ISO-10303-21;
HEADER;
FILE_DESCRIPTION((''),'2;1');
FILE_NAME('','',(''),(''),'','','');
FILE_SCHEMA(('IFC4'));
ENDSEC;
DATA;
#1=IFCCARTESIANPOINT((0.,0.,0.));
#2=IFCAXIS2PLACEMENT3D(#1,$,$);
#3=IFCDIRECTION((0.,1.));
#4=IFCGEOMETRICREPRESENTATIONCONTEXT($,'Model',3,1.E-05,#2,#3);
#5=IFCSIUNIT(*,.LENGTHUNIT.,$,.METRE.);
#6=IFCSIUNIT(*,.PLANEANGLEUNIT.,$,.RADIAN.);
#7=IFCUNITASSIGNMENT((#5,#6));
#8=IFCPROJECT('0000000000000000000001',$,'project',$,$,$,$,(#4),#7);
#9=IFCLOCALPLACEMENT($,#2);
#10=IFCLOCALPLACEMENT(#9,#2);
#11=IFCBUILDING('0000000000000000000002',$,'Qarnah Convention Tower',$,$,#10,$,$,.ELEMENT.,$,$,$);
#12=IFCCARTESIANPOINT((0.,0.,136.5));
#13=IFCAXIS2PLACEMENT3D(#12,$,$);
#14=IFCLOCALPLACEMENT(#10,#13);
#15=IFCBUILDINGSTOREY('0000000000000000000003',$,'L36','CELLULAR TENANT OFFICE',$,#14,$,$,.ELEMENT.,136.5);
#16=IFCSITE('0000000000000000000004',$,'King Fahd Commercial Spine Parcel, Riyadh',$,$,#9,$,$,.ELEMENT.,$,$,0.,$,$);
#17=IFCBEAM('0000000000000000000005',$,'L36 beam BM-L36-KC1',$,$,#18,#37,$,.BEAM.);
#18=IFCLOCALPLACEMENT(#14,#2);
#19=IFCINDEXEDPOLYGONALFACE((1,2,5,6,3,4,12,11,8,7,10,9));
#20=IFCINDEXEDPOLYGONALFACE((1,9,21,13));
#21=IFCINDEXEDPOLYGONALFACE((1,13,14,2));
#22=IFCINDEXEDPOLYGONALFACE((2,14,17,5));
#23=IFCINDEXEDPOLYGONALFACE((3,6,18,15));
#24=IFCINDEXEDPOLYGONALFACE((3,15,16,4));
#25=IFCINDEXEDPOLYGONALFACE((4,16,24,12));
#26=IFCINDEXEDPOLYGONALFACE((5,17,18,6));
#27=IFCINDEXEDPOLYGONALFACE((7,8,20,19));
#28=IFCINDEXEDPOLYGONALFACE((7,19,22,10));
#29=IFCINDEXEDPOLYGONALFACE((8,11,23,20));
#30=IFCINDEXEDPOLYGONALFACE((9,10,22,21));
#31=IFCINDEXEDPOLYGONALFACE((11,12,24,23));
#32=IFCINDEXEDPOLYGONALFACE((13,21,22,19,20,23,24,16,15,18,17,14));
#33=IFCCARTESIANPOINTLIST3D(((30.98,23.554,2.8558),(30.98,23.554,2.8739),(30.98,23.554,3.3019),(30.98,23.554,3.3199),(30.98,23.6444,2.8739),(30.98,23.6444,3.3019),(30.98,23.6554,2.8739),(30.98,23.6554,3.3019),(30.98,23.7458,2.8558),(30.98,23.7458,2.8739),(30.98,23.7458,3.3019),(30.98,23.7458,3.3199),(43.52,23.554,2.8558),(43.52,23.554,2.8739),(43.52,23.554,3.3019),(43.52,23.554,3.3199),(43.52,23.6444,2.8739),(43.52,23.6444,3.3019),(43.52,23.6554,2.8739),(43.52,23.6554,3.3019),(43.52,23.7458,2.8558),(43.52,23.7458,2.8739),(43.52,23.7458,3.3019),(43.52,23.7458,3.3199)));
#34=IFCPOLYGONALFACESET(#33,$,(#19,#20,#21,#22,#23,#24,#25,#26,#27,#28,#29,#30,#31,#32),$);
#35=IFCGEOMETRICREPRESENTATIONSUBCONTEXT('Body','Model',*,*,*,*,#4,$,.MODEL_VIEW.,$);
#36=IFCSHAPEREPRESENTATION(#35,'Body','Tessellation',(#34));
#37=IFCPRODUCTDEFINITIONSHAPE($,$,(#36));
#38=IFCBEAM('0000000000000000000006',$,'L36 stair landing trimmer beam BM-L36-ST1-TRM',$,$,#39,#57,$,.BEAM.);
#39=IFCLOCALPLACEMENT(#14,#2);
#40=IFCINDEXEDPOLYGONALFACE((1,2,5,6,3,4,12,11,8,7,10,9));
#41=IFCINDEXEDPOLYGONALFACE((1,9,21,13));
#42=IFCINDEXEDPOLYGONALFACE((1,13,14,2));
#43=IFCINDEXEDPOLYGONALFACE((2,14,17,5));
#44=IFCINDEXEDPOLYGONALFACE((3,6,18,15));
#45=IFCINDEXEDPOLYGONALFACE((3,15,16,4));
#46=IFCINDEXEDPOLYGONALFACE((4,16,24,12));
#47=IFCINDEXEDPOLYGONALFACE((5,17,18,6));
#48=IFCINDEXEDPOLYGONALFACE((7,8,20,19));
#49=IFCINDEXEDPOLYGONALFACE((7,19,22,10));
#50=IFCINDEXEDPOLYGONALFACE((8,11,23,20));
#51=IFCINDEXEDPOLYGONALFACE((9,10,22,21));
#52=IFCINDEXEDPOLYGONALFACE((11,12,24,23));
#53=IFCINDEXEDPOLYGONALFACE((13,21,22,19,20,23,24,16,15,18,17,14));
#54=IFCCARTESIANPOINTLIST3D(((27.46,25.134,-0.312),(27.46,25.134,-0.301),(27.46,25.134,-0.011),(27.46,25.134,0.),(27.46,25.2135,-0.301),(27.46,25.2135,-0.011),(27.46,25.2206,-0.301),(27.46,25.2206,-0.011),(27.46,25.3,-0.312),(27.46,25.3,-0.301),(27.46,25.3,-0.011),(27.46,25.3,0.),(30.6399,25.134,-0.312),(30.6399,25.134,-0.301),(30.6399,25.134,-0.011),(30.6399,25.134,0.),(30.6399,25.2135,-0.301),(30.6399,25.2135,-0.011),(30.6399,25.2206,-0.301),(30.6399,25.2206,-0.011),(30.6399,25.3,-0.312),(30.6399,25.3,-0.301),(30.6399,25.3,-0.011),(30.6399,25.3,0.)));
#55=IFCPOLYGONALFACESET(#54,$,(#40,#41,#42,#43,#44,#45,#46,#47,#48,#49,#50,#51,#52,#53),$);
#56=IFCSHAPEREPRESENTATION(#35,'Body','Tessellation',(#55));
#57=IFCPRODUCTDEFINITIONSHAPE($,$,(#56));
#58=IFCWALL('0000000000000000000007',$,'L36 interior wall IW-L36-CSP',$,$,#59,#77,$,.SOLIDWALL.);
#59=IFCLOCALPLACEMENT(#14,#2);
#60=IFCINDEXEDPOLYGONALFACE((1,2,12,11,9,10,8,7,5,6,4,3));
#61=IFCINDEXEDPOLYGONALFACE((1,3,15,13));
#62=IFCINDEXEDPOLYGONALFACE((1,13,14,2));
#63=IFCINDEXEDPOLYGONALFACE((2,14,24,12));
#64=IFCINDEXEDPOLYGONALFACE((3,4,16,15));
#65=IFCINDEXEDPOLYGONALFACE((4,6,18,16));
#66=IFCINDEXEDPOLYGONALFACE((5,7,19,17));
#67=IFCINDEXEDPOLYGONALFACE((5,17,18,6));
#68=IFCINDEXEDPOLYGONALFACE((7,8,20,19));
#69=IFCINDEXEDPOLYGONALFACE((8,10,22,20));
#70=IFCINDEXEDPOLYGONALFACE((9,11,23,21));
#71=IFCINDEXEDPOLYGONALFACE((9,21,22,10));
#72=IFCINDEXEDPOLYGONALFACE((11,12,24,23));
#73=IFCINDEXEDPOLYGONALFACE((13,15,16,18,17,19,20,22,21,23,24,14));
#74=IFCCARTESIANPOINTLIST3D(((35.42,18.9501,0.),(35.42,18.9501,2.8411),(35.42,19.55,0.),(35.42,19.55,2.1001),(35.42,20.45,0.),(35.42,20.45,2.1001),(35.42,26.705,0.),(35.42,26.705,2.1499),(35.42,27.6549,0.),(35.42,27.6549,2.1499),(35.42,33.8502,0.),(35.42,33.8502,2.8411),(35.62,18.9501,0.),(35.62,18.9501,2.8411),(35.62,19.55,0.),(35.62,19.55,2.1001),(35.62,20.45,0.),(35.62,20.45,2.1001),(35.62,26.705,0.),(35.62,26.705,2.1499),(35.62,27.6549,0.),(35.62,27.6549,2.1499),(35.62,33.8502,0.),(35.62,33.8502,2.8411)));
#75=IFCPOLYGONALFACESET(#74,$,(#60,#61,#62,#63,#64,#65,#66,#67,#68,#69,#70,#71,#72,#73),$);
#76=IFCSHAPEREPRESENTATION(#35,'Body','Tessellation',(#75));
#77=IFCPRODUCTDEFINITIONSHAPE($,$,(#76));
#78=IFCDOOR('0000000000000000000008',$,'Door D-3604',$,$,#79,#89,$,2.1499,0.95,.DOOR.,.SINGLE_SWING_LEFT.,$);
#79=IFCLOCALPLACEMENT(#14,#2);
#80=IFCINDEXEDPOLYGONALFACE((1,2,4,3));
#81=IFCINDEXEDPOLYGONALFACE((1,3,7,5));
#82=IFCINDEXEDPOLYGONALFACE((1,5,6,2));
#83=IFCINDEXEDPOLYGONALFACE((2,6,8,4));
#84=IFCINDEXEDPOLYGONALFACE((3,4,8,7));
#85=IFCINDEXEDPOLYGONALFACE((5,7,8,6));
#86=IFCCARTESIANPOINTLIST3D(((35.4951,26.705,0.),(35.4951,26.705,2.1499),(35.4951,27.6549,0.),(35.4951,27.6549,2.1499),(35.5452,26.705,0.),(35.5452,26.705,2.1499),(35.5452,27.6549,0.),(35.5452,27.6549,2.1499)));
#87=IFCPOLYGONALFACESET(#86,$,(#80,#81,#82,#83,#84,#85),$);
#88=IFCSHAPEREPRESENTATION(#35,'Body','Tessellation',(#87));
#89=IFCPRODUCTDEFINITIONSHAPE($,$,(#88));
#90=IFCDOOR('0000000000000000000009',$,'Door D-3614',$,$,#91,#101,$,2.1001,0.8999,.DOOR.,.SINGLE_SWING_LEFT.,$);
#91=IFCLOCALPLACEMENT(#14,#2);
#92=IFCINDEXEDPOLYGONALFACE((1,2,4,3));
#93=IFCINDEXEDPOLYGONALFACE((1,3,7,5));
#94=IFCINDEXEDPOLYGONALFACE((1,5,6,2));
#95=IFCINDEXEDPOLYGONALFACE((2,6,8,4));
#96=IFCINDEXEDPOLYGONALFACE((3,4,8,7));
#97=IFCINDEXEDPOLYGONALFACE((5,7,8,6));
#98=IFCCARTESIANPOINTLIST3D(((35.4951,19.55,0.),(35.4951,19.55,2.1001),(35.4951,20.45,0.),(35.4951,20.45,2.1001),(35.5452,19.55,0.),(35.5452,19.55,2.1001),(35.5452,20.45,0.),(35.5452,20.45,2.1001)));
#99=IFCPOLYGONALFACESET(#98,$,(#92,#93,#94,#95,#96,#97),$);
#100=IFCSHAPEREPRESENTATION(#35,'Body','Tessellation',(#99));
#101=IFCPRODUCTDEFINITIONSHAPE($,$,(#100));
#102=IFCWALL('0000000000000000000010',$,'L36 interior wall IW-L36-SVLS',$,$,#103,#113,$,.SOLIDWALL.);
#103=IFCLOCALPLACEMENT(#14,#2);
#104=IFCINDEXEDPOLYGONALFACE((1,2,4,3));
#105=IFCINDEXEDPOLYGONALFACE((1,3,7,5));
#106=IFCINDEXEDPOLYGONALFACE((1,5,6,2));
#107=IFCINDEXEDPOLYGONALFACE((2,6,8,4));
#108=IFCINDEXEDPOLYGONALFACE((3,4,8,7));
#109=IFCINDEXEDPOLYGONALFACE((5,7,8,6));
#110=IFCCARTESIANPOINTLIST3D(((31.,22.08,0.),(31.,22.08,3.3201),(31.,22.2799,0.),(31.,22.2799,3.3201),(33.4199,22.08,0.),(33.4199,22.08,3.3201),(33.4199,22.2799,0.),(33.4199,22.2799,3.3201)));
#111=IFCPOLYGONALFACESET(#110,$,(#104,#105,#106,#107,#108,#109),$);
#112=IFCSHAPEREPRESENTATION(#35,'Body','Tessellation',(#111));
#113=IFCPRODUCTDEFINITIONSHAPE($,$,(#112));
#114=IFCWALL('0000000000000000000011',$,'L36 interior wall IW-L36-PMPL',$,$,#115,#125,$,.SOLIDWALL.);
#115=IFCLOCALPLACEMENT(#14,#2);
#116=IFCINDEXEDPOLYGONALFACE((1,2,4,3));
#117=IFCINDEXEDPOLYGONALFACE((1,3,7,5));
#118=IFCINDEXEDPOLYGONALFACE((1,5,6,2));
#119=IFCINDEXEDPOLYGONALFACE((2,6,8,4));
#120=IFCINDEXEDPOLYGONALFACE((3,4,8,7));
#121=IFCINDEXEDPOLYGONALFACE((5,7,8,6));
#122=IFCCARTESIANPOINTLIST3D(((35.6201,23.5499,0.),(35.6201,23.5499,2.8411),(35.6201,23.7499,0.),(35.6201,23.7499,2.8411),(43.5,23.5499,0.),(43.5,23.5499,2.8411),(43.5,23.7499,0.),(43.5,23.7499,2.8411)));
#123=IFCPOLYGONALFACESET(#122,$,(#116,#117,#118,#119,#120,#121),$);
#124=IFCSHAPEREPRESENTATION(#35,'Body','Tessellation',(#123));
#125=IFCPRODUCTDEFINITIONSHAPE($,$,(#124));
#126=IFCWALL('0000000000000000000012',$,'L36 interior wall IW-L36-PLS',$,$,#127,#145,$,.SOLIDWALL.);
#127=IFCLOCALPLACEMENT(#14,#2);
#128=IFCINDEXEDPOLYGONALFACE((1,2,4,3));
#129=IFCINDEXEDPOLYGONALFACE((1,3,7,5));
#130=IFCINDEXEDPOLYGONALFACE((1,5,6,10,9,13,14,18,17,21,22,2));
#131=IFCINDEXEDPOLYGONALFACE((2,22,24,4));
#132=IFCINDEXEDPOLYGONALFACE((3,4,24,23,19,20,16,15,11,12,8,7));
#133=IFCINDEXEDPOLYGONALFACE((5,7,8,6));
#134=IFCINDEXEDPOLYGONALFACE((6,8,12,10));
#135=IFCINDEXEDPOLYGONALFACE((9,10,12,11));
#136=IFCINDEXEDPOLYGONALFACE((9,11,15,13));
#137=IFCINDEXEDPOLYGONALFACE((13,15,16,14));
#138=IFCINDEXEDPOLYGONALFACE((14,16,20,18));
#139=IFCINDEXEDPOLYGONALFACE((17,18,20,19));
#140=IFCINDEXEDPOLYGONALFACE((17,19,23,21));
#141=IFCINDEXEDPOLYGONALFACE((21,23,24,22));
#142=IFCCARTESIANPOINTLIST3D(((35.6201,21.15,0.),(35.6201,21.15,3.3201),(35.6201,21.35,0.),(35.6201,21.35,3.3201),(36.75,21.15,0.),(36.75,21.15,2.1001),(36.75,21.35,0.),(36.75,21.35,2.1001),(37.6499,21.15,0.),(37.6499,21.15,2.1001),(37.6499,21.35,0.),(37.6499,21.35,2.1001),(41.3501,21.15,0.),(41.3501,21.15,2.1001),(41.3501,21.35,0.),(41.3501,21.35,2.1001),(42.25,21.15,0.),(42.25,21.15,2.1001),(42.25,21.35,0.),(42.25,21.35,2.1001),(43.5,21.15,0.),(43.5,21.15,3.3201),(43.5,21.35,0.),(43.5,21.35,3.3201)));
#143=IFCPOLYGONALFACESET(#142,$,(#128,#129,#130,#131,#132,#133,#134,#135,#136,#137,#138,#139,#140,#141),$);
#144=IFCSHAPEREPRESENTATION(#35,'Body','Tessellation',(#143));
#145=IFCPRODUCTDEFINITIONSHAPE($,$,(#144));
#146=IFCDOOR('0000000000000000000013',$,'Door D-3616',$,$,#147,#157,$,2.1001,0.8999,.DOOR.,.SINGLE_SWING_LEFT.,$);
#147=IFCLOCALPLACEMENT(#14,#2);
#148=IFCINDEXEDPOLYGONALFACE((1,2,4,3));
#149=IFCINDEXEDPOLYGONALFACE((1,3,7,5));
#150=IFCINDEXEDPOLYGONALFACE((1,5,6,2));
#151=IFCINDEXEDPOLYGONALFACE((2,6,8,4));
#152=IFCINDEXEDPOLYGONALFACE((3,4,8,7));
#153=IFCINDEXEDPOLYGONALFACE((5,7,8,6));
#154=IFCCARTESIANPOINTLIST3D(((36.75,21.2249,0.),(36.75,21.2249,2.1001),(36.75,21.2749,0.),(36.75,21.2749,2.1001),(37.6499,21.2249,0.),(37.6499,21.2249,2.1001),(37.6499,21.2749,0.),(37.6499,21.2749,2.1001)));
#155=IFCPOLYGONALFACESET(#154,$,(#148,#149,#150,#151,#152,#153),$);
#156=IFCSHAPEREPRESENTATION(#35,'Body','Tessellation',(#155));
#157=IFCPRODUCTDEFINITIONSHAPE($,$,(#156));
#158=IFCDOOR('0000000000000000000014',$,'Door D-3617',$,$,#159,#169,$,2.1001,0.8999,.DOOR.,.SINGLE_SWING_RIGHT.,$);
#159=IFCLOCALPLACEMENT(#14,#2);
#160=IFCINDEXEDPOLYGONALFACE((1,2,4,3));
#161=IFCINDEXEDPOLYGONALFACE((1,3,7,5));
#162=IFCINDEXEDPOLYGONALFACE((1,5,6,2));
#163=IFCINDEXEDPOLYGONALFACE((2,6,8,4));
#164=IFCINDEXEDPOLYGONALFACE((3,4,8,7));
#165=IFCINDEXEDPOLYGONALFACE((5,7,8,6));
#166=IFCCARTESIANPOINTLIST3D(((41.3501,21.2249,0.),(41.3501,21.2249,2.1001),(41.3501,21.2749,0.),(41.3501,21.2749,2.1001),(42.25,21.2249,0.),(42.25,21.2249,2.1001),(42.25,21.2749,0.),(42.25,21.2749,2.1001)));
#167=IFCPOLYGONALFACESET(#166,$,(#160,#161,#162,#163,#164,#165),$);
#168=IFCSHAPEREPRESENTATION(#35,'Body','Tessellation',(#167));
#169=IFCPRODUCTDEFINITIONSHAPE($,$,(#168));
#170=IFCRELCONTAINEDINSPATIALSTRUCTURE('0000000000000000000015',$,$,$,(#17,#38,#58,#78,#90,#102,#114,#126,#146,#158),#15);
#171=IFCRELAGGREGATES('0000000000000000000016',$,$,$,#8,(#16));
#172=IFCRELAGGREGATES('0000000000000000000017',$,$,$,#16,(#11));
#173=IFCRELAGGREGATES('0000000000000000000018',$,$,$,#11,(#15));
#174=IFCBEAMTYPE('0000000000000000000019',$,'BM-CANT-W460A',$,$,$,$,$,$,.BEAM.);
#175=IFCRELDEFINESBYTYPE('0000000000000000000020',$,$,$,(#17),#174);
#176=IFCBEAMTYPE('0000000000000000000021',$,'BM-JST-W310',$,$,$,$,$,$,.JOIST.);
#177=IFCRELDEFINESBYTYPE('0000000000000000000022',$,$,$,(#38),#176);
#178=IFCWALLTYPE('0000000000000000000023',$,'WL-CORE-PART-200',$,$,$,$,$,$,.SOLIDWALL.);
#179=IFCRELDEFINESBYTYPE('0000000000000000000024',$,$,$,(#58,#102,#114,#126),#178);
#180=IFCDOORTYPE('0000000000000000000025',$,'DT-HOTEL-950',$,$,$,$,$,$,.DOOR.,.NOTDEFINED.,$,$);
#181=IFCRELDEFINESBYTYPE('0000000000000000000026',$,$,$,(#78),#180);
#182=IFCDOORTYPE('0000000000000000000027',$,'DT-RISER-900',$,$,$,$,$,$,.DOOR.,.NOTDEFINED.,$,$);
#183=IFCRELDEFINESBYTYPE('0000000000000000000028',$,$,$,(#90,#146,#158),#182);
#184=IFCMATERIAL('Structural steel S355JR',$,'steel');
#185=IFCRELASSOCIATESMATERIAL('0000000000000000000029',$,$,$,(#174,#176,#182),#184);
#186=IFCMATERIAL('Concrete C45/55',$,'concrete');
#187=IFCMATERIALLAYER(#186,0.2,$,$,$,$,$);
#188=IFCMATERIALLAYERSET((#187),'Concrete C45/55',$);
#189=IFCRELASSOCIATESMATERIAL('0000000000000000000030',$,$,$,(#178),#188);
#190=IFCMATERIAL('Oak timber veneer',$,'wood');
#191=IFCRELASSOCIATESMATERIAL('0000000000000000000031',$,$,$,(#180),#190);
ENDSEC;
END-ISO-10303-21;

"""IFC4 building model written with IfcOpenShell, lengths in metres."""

from ifc_helpers import new_model, si_unit, direction, frame, frame_2d, origin, origin_2d, place, context, subcontext, project, spatial, rectangle, i_section, extrude, material, layer, layer_set, material_profile, profile_set, type_object, element, fill, save


model = new_model("IFC4")

# Units and contexts
model_context = context("Model", 3, precision=1e-05, world=origin(), true_north=direction((0.0, 1.0)))
body_context = subcontext(model_context, "Body", "Model", "MODEL_VIEW")
ifc_project = project(units=[si_unit("LENGTHUNIT", "METRE"), si_unit("PLANEANGLEUNIT", "RADIAN")], contexts=[model_context])

# Site, building, storey
site_placement = place(None, origin())
site = spatial("IfcSite", under=ifc_project, at=site_placement, Name="King Fahd Commercial Spine Parcel, Riyadh", CompositionType="ELEMENT", RefElevation=0.0)
building_placement = place(site_placement, origin())
building = spatial("IfcBuilding", under=site, at=building_placement, Name="Qarnah Convention Tower", CompositionType="ELEMENT")
storey_placement = place(building_placement, frame((0.0, 0.0, 136.5)))
storey = spatial("IfcBuildingStorey", under=building, at=storey_placement, Name="L36", Description="CELLULAR TENANT OFFICE", CompositionType="ELEMENT", Elevation=136.5)

# Beams
ifc_material_1 = material(Name="Structural steel S355JR", Category="steel")
ifc_material_profile_1 = material_profile(ifc_material_1, i_section(OverallWidth=0.1919, OverallDepth=0.4641, WebThickness=0.011, FlangeThickness=0.0181, at=origin_2d()), Name="W460X89")
ifc_profile_set_1 = profile_set([ifc_material_profile_1], Name="Structural steel S355JR")
beam_type_1 = type_object("IfcBeamType", Name="BM-CANT-W460A", PredefinedType="BEAM", material=ifc_profile_set_1)
beam_1_placement = place(storey_placement, frame((30.98, 23.6499, 3.0879), z_axis=(1.0, 0.0, 0.0), x_axis=(0.0, 1.0, 0.0)))
element("IfcBeam", 1, at=beam_1_placement, inside=storey, type_object=beam_type_1, Name="L36 beam BM-L36-KC1", PredefinedType="BEAM", context=body_context, shape_type="SweptSolid", body=[
    extrude(i_section(OverallWidth=0.1919, OverallDepth=0.4641, WebThickness=0.011, FlangeThickness=0.0181, at=origin_2d()), origin(), (0.0, 0.0, 1.0), 12.54),
])
ifc_material_profile_2 = material_profile(ifc_material_1, i_section(OverallWidth=0.166, OverallDepth=0.312, WebThickness=0.0071, FlangeThickness=0.011, at=origin_2d()), Name="W310X45")
ifc_profile_set_2 = profile_set([ifc_material_profile_2], Name="Structural steel S355JR")
beam_type_2 = type_object("IfcBeamType", Name="BM-JST-W310", PredefinedType="JOIST", material=ifc_profile_set_2)
beam_2_placement = place(storey_placement, frame((27.46, 25.217, -0.156), z_axis=(1.0, 0.0, 0.0), x_axis=(0.0, 1.0, 0.0)))
element("IfcBeam", 2, at=beam_2_placement, inside=storey, type_object=beam_type_2, Name="L36 stair landing trimmer beam BM-L36-ST1-TRM", PredefinedType="BEAM", context=body_context, shape_type="SweptSolid", body=[
    extrude(i_section(OverallWidth=0.166, OverallDepth=0.312, WebThickness=0.0071, FlangeThickness=0.011, at=origin_2d()), origin(), (0.0, 0.0, 1.0), 3.1799),
])

# Wall, openings, doors
ifc_material_2 = material(Name="Concrete C45/55", Category="concrete")
ifc_layer_1 = layer(ifc_material_2, 0.2)
ifc_layer_set_1 = layer_set([ifc_layer_1], Name="Concrete C45/55")
wall_type_1 = type_object("IfcWallType", Name="WL-CORE-PART-200", PredefinedType="SOLIDWALL", material=ifc_layer_set_1)
wall_1_placement = place(storey_placement, frame((35.52, 18.95, 0.0), z_axis=(0.0, 0.0, 1.0), x_axis=(0.0, 1.0, 0.0)))
wall_1 = element("IfcWall", 3, at=wall_1_placement, inside=storey, type_object=wall_type_1, Name="L36 interior wall IW-L36-CSP", PredefinedType="SOLIDWALL", context=body_context, shape_type="SweptSolid", body=[
    extrude(rectangle(XDim=14.9001, YDim=0.2, at=frame_2d((7.4502, 0.0))), origin(), (0.0, 0.0, 1.0), 2.8411),
])
opening_1_placement = place(wall_1_placement, frame((7.7549, 0.0, 0.0)))
opening_1 = element("IfcOpeningElement", 4, at=opening_1_placement, cuts=wall_1, PredefinedType="OPENING", context=body_context, shape_type="SweptSolid", body=[
    extrude(rectangle(XDim=0.95, YDim=2.1499, at=frame_2d((0.4751, 1.075))), frame((0.0, 0.1099, 0.0), z_axis=(0.0, -1.0, 0.0), x_axis=(1.0, 0.0, 0.0)), (0.0, 0.0, 1.0), 0.22),
])
opening_2_placement = place(wall_1_placement, frame((0.6001, 0.0, 0.0)))
opening_2 = element("IfcOpeningElement", 5, at=opening_2_placement, cuts=wall_1, PredefinedType="OPENING", context=body_context, shape_type="SweptSolid", body=[
    extrude(rectangle(XDim=0.8999, YDim=2.1001, at=frame_2d((0.45, 1.05))), frame((0.0, 0.1099, 0.0), z_axis=(0.0, -1.0, 0.0), x_axis=(1.0, 0.0, 0.0)), (0.0, 0.0, 1.0), 0.22),
])
ifc_material_3 = material(Name="Oak timber veneer", Category="wood")
door_type_1 = type_object("IfcDoorType", Name="DT-HOTEL-950", OperationType="NOTDEFINED", PredefinedType="DOOR", material=ifc_material_3)
door_1_placement = place(opening_1_placement, origin())
door_1 = element("IfcDoor", 6, at=door_1_placement, inside=storey, type_object=door_type_1, Name="Door D-3604", OperationType="SINGLE_SWING_LEFT", OverallHeight=2.1499, OverallWidth=0.95, PredefinedType="DOOR", context=body_context, shape_type="SweptSolid", body=[
    extrude(rectangle(XDim=0.95, YDim=2.1499, at=frame_2d((0.4751, 1.075))), frame((0.0, 0.0249, 0.0), z_axis=(0.0, -1.0, 0.0), x_axis=(1.0, 0.0, 0.0)), (0.0, 0.0, 1.0), 0.05),
])
fill(opening_1, door_1)
door_type_2 = type_object("IfcDoorType", Name="DT-RISER-900", OperationType="NOTDEFINED", PredefinedType="DOOR", material=ifc_material_1)
door_2_placement = place(opening_2_placement, origin())
door_2 = element("IfcDoor", 7, at=door_2_placement, inside=storey, type_object=door_type_2, Name="Door D-3614", OperationType="SINGLE_SWING_LEFT", OverallHeight=2.1001, OverallWidth=0.8999, PredefinedType="DOOR", context=body_context, shape_type="SweptSolid", body=[
    extrude(rectangle(XDim=0.8999, YDim=2.1001, at=frame_2d((0.45, 1.05))), frame((0.0, 0.0249, 0.0), z_axis=(0.0, -1.0, 0.0), x_axis=(1.0, 0.0, 0.0)), (0.0, 0.0, 1.0), 0.05),
])
fill(opening_2, door_2)

# Walls
wall_2_placement = place(storey_placement, frame((31.0, 22.1799, 0.0), z_axis=(0.0, 0.0, 1.0), x_axis=(1.0, 0.0, 0.0)))
element("IfcWall", 8, at=wall_2_placement, inside=storey, type_object=wall_type_1, Name="L36 interior wall IW-L36-SVLS", PredefinedType="SOLIDWALL", context=body_context, shape_type="SweptSolid", body=[
    extrude(rectangle(XDim=2.4199, YDim=0.2, at=frame_2d((1.21, 0.0))), origin(), (0.0, 0.0, 1.0), 3.3201),
])
wall_3_placement = place(storey_placement, frame((35.6201, 23.6499, 0.0), z_axis=(0.0, 0.0, 1.0), x_axis=(1.0, 0.0, 0.0)))
element("IfcWall", 9, at=wall_3_placement, inside=storey, type_object=wall_type_1, Name="L36 interior wall IW-L36-PMPL", PredefinedType="SOLIDWALL", context=body_context, shape_type="SweptSolid", body=[
    extrude(rectangle(XDim=7.8799, YDim=0.2, at=frame_2d((3.9399, 0.0))), origin(), (0.0, 0.0, 1.0), 2.8411),
])

# Wall, openings, doors
wall_4_placement = place(storey_placement, frame((35.6201, 21.25, 0.0), z_axis=(0.0, 0.0, 1.0), x_axis=(1.0, 0.0, 0.0)))
wall_4 = element("IfcWall", 10, at=wall_4_placement, inside=storey, type_object=wall_type_1, Name="L36 interior wall IW-L36-PLS", PredefinedType="SOLIDWALL", context=body_context, shape_type="SweptSolid", body=[
    extrude(rectangle(XDim=7.8799, YDim=0.2, at=frame_2d((3.9399, 0.0))), origin(), (0.0, 0.0, 1.0), 3.3201),
])
opening_3_placement = place(wall_4_placement, frame((1.1299, 0.0, 0.0)))
opening_3 = element("IfcOpeningElement", 11, at=opening_3_placement, cuts=wall_4, PredefinedType="OPENING", context=body_context, shape_type="SweptSolid", body=[
    extrude(rectangle(XDim=0.8999, YDim=2.1001, at=frame_2d((0.45, 1.05))), frame((0.0, 0.1099, 0.0), z_axis=(0.0, -1.0, 0.0), x_axis=(1.0, 0.0, 0.0)), (0.0, 0.0, 1.0), 0.22),
])
opening_4_placement = place(wall_4_placement, frame((5.73, 0.0, 0.0)))
opening_4 = element("IfcOpeningElement", 12, at=opening_4_placement, cuts=wall_4, PredefinedType="OPENING", context=body_context, shape_type="SweptSolid", body=[
    extrude(rectangle(XDim=0.8999, YDim=2.1001, at=frame_2d((0.45, 1.05))), frame((0.0, 0.1099, 0.0), z_axis=(0.0, -1.0, 0.0), x_axis=(1.0, 0.0, 0.0)), (0.0, 0.0, 1.0), 0.22),
])
door_3_placement = place(opening_3_placement, origin())
door_3 = element("IfcDoor", 13, at=door_3_placement, inside=storey, type_object=door_type_2, Name="Door D-3616", OperationType="SINGLE_SWING_LEFT", OverallHeight=2.1001, OverallWidth=0.8999, PredefinedType="DOOR", context=body_context, shape_type="SweptSolid", body=[
    extrude(rectangle(XDim=0.8999, YDim=2.1001, at=frame_2d((0.45, 1.05))), frame((0.0, 0.0249, 0.0), z_axis=(0.0, -1.0, 0.0), x_axis=(1.0, 0.0, 0.0)), (0.0, 0.0, 1.0), 0.05),
])
fill(opening_3, door_3)
door_4_placement = place(opening_4_placement, origin())
door_4 = element("IfcDoor", 14, at=door_4_placement, inside=storey, type_object=door_type_2, Name="Door D-3617", OperationType="SINGLE_SWING_RIGHT", OverallHeight=2.1001, OverallWidth=0.8999, PredefinedType="DOOR", context=body_context, shape_type="SweptSolid", body=[
    extrude(rectangle(XDim=0.8999, YDim=2.1001, at=frame_2d((0.45, 1.05))), frame((0.0, 0.0249, 0.0), z_axis=(0.0, -1.0, 0.0), x_axis=(1.0, 0.0, 0.0)), (0.0, 0.0, 1.0), 0.05),
])
fill(opening_4, door_4)

save(model, "model.ifc")
